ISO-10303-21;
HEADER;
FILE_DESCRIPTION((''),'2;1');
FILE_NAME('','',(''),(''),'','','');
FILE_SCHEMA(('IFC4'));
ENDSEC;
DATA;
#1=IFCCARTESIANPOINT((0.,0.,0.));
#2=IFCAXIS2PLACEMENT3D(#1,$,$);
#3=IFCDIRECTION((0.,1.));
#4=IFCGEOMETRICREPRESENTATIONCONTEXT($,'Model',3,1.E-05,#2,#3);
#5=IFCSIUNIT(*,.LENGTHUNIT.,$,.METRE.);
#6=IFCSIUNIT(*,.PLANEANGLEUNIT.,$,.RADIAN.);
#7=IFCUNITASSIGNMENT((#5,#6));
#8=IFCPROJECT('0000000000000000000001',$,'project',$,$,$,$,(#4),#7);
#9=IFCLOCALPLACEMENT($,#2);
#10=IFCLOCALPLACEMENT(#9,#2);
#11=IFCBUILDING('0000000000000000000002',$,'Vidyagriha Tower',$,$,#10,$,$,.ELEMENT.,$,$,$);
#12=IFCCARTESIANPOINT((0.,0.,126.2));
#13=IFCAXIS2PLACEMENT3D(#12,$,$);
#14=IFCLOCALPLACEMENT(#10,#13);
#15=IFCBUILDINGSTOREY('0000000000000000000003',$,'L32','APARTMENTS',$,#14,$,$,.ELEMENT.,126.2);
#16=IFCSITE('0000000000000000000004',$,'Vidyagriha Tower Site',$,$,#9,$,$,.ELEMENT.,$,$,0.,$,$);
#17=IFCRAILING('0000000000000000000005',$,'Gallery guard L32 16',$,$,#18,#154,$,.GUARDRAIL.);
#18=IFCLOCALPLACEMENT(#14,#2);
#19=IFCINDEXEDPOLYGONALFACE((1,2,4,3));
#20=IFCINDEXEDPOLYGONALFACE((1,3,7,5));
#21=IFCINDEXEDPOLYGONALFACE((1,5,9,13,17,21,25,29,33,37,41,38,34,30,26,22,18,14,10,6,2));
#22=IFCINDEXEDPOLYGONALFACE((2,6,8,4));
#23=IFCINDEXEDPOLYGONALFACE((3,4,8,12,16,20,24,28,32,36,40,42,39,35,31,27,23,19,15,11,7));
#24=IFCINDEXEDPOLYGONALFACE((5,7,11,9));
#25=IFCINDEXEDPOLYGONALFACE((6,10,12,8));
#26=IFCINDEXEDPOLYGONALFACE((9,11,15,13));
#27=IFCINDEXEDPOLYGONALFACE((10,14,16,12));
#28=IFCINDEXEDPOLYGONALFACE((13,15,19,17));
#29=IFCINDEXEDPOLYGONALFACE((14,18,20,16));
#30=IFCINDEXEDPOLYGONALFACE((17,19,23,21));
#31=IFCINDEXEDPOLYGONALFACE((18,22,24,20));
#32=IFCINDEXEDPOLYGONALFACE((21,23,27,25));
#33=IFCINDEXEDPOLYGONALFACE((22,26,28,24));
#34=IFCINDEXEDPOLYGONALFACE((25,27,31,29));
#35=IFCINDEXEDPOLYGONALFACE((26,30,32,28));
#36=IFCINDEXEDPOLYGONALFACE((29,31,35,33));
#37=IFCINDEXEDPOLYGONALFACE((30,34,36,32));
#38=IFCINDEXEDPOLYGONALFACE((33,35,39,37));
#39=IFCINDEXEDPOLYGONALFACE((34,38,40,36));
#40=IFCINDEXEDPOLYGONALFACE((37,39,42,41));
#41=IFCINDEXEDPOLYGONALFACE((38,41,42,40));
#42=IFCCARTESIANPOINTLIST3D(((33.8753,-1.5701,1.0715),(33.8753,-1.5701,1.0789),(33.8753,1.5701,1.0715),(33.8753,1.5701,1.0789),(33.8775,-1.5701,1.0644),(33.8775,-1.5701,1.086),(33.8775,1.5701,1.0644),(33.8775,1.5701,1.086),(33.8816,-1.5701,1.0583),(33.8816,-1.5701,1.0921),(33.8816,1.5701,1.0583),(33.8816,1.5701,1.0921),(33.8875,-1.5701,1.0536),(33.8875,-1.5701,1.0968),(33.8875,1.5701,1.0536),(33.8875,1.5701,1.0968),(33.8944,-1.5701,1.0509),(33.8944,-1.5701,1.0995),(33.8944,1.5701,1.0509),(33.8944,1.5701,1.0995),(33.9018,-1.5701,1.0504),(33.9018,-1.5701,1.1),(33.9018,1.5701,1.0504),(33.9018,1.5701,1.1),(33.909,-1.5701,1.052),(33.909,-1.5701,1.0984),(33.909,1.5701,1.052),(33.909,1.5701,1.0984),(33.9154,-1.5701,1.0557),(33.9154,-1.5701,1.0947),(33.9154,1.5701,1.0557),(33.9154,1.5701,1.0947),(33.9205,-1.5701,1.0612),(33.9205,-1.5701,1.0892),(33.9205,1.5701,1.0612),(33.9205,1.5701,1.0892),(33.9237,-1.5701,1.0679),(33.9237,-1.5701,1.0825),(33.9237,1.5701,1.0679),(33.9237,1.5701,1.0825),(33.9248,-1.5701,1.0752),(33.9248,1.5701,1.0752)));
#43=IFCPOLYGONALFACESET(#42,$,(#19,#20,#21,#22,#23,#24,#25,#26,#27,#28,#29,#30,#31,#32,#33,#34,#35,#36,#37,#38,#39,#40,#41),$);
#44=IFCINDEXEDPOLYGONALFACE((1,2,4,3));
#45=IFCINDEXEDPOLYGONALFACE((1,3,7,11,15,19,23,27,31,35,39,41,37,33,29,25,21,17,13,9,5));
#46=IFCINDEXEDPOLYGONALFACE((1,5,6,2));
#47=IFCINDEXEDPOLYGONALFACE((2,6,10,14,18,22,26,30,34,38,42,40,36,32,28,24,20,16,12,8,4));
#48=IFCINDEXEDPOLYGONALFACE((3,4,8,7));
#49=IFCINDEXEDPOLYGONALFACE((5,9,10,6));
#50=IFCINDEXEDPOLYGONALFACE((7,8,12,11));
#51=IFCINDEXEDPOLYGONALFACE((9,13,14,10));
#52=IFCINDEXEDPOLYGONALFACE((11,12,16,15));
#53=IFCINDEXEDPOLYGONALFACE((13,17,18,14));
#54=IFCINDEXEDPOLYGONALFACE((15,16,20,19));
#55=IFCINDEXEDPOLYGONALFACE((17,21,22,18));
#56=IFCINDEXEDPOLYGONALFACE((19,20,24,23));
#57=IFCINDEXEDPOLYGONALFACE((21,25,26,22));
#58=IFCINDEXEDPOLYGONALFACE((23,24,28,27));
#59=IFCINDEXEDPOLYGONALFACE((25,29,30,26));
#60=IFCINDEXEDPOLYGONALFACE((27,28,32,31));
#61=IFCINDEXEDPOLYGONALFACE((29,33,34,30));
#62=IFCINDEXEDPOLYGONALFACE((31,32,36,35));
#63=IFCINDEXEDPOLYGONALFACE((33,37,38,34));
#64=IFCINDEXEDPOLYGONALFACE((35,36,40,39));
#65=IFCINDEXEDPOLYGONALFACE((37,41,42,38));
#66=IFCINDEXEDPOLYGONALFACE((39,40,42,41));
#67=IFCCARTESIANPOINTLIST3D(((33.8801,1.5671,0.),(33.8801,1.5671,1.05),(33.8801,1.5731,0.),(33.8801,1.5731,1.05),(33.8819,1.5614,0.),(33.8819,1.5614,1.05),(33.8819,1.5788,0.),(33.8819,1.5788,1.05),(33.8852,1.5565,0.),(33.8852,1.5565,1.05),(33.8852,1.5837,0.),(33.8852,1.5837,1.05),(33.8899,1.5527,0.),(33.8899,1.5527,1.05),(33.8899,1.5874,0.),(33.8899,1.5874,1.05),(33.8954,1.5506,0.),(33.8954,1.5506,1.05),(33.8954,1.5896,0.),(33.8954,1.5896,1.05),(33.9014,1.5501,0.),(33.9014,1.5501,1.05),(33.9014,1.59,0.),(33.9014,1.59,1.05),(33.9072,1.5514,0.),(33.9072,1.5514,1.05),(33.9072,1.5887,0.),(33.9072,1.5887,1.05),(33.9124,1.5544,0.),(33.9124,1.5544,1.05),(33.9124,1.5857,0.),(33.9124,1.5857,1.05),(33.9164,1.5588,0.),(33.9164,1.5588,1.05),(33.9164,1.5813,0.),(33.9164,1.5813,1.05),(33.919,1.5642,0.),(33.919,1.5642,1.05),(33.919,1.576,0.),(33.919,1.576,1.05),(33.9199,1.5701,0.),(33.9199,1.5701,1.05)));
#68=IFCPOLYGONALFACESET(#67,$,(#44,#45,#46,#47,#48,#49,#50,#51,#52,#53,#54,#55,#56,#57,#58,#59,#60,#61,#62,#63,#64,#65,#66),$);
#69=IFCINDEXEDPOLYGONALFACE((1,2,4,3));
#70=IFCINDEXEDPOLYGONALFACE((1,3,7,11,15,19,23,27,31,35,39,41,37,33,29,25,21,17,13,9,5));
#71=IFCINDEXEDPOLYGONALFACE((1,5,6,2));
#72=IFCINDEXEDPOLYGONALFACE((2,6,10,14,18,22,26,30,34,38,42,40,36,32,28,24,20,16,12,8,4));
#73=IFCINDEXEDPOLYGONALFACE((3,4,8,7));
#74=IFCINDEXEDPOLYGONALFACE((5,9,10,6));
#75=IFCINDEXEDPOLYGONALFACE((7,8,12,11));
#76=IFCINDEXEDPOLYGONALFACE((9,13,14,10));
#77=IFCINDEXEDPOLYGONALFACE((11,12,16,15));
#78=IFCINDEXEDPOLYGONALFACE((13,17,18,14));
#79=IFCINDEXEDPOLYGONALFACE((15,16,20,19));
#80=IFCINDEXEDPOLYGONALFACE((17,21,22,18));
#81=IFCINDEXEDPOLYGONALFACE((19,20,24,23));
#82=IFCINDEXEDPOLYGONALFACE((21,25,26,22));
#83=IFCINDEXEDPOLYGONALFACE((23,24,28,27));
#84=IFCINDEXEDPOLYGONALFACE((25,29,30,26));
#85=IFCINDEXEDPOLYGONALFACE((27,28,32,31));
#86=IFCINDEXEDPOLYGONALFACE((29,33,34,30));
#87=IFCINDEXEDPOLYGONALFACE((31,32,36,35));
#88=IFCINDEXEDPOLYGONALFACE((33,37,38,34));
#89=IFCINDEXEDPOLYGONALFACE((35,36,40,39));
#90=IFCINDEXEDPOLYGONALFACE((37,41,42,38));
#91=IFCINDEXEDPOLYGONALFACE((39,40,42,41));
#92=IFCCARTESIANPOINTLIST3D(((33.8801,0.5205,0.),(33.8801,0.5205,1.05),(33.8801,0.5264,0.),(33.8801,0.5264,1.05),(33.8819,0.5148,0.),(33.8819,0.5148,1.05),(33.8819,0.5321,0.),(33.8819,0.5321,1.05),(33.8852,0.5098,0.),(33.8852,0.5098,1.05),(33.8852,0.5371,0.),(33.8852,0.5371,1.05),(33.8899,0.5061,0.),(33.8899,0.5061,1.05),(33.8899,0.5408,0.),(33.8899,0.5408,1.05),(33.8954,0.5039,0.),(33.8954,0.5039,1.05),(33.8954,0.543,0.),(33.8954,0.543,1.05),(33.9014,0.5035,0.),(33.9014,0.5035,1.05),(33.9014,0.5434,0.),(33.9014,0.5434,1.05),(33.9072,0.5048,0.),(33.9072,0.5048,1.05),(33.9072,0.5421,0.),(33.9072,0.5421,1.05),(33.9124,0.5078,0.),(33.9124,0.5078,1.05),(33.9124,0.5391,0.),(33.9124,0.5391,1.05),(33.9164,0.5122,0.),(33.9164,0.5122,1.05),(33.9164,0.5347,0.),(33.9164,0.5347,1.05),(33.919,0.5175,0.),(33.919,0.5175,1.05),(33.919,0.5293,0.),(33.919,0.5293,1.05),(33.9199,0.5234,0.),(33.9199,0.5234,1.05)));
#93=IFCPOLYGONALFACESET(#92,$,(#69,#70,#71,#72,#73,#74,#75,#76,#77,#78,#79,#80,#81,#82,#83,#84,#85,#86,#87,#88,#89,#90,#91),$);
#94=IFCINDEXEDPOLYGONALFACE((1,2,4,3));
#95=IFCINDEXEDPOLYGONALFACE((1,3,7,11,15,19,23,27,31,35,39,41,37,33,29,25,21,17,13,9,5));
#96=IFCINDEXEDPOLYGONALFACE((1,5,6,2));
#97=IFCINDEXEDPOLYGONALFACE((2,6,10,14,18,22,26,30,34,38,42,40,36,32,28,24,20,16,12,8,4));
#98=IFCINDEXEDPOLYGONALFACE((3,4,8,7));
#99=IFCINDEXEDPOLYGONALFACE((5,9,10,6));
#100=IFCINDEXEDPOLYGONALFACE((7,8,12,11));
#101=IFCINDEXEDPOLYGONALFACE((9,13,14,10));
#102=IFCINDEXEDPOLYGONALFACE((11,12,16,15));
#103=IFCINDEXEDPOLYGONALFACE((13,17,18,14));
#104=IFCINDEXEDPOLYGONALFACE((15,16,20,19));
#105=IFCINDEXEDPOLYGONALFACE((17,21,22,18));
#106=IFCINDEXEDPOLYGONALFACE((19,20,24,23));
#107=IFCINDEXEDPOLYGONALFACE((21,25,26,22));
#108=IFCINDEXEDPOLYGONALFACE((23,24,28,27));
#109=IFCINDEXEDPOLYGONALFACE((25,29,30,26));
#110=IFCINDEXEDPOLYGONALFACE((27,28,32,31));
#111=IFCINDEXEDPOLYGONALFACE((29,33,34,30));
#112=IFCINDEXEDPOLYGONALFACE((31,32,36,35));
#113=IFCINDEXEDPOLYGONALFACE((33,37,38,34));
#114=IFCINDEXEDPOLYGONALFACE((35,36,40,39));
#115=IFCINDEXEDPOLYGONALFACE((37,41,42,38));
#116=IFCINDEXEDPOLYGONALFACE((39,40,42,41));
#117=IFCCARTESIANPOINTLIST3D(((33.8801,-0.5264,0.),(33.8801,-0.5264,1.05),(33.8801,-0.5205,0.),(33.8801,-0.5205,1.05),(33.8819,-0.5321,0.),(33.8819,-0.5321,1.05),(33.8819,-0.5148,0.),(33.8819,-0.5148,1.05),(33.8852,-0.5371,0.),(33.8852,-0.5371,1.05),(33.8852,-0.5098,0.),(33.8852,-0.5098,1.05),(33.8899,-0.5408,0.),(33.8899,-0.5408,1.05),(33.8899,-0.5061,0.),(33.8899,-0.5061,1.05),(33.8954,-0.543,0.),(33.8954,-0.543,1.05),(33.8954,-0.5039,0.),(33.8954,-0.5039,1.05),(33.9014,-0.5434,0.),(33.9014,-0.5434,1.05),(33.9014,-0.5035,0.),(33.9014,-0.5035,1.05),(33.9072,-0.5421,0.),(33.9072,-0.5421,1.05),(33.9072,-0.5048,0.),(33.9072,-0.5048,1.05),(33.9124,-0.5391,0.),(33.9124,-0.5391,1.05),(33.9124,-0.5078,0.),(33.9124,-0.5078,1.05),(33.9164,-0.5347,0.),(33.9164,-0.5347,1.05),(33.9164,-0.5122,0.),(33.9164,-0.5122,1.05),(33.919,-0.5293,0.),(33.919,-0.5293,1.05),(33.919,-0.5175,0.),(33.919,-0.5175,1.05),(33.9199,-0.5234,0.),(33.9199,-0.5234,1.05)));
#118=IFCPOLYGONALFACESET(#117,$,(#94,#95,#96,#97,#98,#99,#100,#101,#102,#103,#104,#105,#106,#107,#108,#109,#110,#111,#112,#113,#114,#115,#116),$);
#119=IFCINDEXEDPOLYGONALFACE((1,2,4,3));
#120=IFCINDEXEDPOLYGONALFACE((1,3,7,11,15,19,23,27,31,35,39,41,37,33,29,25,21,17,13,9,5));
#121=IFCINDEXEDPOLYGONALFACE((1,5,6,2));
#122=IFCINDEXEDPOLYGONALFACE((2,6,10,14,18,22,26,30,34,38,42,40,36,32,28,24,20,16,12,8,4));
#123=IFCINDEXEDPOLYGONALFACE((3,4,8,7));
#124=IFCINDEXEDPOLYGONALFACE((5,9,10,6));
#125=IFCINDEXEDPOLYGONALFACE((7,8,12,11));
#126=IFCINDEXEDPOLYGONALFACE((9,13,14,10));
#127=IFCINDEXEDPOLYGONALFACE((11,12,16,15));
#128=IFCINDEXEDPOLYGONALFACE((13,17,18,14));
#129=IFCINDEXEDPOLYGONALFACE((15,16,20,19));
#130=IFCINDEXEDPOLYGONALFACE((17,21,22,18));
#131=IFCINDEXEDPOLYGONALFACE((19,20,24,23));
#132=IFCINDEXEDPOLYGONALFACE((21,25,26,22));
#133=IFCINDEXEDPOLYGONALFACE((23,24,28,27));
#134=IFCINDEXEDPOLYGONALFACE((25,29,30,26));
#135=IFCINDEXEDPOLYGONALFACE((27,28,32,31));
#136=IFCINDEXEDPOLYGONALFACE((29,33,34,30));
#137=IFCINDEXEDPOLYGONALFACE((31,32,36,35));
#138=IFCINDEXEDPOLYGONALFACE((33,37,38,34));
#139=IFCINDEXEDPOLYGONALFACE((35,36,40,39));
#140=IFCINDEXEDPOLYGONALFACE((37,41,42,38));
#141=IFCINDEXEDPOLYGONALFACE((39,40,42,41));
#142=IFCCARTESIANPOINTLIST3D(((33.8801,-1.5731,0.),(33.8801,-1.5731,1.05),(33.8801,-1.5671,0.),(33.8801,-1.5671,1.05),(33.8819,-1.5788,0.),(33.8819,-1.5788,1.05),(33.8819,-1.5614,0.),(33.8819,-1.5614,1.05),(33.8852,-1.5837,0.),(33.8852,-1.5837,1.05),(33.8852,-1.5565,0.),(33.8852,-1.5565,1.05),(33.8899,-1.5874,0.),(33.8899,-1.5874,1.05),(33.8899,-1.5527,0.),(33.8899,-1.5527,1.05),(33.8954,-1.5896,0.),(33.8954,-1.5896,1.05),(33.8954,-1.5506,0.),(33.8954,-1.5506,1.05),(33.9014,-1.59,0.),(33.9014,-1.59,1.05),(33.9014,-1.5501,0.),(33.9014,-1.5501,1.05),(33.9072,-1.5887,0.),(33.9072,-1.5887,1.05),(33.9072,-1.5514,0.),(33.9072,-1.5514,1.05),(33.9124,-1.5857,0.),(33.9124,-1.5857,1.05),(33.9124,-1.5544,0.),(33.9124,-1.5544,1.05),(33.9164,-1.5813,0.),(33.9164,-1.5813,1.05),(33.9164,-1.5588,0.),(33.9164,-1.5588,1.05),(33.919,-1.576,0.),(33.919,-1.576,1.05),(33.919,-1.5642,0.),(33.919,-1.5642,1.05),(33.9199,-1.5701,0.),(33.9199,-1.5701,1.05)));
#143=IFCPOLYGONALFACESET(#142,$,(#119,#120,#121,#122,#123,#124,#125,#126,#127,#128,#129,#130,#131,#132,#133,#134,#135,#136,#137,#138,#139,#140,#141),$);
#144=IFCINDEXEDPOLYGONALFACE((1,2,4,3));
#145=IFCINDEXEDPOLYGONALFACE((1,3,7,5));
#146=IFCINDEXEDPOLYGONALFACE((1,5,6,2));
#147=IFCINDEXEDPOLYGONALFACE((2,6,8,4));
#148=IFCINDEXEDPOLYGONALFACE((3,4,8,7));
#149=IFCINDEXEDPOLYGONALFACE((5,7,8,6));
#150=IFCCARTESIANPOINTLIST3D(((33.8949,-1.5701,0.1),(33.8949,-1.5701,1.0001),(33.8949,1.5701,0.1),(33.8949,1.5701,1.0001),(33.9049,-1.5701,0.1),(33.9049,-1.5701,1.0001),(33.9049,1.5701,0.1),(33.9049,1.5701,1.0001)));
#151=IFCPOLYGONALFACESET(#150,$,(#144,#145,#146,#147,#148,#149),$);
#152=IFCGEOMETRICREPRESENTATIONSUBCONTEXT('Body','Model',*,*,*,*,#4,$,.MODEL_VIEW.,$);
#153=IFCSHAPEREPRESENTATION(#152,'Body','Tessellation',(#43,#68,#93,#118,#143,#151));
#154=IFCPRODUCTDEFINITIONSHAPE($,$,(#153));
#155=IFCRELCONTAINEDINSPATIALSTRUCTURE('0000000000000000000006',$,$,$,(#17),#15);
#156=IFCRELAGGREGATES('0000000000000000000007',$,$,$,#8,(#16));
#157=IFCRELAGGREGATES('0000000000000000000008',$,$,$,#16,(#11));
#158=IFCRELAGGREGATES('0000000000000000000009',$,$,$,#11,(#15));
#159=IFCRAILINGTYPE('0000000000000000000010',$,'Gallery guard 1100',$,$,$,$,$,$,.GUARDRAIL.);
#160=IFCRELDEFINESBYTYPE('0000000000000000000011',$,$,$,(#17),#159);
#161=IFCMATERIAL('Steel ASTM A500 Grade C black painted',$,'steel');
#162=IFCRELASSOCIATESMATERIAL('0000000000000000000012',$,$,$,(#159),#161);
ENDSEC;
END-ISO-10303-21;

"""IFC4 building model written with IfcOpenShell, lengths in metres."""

from ifc_helpers import new_model, si_unit, direction, frame, origin, origin_2d, place, context, subcontext, project, spatial, rectangle, circle, extrude, material, type_object, element, save


model = new_model("IFC4")

# Units and contexts
model_context = context("Model", 3, precision=1e-05, world=origin(), true_north=direction((0.0, 1.0)))
body_context = subcontext(model_context, "Body", "Model", "MODEL_VIEW")
ifc_project = project(units=[si_unit("LENGTHUNIT", "METRE"), si_unit("PLANEANGLEUNIT", "RADIAN")], contexts=[model_context])

# Site, building, storey
site_placement = place(None, origin())
site = spatial("IfcSite", under=ifc_project, at=site_placement, Name="Vidyagriha Tower Site", CompositionType="ELEMENT", RefElevation=0.0)
building_placement = place(site_placement, origin())
building = spatial("IfcBuilding", under=site, at=building_placement, Name="Vidyagriha Tower", CompositionType="ELEMENT")
storey_placement = place(building_placement, frame((0.0, 0.0, 126.2)))
storey = spatial("IfcBuildingStorey", under=building, at=storey_placement, Name="L32", Description="APARTMENTS", CompositionType="ELEMENT", Elevation=126.2)

# Railing
ifc_material_1 = material(Name="Steel ASTM A500 Grade C black painted", Category="steel")
railing_type_1 = type_object("IfcRailingType", Name="Gallery guard 1100", PredefinedType="GUARDRAIL", material=ifc_material_1)
railing_1_placement = place(storey_placement, frame((33.8999, 1.5701, 0.0)))
element("IfcRailing", 1, at=railing_1_placement, inside=storey, type_object=railing_type_1, Name="Gallery guard L32 16", PredefinedType="GUARDRAIL", context=body_context, shape_type="SweptSolid", body=[
    extrude(circle(Radius=0.0249, at=origin_2d()), frame((0.0, 0.0, 1.0752), z_axis=(0.0, -1.0, 0.0), x_axis=(1.0, 0.0, 0.0)), (0.0, 0.0, 1.0), 3.1401),
    extrude(circle(Radius=0.02, at=origin_2d()), origin(), (0.0, 0.0, 1.0), 1.05),
    extrude(circle(Radius=0.02, at=origin_2d()), frame((0.0, -1.0466, 0.0)), (0.0, 0.0, 1.0), 1.05),
    extrude(circle(Radius=0.02, at=origin_2d()), frame((0.0, -2.0935, 0.0)), (0.0, 0.0, 1.0), 1.05),
    extrude(circle(Radius=0.02, at=origin_2d()), frame((0.0, -3.1401, 0.0)), (0.0, 0.0, 1.0), 1.05),
    extrude(rectangle(XDim=0.01, YDim=0.9001, at=origin_2d()), frame((0.0, 0.0, 0.55), z_axis=(0.0, -1.0, 0.0), x_axis=(1.0, 0.0, 0.0)), (0.0, 0.0, 1.0), 3.1401),
])

save(model, "model.ifc")
